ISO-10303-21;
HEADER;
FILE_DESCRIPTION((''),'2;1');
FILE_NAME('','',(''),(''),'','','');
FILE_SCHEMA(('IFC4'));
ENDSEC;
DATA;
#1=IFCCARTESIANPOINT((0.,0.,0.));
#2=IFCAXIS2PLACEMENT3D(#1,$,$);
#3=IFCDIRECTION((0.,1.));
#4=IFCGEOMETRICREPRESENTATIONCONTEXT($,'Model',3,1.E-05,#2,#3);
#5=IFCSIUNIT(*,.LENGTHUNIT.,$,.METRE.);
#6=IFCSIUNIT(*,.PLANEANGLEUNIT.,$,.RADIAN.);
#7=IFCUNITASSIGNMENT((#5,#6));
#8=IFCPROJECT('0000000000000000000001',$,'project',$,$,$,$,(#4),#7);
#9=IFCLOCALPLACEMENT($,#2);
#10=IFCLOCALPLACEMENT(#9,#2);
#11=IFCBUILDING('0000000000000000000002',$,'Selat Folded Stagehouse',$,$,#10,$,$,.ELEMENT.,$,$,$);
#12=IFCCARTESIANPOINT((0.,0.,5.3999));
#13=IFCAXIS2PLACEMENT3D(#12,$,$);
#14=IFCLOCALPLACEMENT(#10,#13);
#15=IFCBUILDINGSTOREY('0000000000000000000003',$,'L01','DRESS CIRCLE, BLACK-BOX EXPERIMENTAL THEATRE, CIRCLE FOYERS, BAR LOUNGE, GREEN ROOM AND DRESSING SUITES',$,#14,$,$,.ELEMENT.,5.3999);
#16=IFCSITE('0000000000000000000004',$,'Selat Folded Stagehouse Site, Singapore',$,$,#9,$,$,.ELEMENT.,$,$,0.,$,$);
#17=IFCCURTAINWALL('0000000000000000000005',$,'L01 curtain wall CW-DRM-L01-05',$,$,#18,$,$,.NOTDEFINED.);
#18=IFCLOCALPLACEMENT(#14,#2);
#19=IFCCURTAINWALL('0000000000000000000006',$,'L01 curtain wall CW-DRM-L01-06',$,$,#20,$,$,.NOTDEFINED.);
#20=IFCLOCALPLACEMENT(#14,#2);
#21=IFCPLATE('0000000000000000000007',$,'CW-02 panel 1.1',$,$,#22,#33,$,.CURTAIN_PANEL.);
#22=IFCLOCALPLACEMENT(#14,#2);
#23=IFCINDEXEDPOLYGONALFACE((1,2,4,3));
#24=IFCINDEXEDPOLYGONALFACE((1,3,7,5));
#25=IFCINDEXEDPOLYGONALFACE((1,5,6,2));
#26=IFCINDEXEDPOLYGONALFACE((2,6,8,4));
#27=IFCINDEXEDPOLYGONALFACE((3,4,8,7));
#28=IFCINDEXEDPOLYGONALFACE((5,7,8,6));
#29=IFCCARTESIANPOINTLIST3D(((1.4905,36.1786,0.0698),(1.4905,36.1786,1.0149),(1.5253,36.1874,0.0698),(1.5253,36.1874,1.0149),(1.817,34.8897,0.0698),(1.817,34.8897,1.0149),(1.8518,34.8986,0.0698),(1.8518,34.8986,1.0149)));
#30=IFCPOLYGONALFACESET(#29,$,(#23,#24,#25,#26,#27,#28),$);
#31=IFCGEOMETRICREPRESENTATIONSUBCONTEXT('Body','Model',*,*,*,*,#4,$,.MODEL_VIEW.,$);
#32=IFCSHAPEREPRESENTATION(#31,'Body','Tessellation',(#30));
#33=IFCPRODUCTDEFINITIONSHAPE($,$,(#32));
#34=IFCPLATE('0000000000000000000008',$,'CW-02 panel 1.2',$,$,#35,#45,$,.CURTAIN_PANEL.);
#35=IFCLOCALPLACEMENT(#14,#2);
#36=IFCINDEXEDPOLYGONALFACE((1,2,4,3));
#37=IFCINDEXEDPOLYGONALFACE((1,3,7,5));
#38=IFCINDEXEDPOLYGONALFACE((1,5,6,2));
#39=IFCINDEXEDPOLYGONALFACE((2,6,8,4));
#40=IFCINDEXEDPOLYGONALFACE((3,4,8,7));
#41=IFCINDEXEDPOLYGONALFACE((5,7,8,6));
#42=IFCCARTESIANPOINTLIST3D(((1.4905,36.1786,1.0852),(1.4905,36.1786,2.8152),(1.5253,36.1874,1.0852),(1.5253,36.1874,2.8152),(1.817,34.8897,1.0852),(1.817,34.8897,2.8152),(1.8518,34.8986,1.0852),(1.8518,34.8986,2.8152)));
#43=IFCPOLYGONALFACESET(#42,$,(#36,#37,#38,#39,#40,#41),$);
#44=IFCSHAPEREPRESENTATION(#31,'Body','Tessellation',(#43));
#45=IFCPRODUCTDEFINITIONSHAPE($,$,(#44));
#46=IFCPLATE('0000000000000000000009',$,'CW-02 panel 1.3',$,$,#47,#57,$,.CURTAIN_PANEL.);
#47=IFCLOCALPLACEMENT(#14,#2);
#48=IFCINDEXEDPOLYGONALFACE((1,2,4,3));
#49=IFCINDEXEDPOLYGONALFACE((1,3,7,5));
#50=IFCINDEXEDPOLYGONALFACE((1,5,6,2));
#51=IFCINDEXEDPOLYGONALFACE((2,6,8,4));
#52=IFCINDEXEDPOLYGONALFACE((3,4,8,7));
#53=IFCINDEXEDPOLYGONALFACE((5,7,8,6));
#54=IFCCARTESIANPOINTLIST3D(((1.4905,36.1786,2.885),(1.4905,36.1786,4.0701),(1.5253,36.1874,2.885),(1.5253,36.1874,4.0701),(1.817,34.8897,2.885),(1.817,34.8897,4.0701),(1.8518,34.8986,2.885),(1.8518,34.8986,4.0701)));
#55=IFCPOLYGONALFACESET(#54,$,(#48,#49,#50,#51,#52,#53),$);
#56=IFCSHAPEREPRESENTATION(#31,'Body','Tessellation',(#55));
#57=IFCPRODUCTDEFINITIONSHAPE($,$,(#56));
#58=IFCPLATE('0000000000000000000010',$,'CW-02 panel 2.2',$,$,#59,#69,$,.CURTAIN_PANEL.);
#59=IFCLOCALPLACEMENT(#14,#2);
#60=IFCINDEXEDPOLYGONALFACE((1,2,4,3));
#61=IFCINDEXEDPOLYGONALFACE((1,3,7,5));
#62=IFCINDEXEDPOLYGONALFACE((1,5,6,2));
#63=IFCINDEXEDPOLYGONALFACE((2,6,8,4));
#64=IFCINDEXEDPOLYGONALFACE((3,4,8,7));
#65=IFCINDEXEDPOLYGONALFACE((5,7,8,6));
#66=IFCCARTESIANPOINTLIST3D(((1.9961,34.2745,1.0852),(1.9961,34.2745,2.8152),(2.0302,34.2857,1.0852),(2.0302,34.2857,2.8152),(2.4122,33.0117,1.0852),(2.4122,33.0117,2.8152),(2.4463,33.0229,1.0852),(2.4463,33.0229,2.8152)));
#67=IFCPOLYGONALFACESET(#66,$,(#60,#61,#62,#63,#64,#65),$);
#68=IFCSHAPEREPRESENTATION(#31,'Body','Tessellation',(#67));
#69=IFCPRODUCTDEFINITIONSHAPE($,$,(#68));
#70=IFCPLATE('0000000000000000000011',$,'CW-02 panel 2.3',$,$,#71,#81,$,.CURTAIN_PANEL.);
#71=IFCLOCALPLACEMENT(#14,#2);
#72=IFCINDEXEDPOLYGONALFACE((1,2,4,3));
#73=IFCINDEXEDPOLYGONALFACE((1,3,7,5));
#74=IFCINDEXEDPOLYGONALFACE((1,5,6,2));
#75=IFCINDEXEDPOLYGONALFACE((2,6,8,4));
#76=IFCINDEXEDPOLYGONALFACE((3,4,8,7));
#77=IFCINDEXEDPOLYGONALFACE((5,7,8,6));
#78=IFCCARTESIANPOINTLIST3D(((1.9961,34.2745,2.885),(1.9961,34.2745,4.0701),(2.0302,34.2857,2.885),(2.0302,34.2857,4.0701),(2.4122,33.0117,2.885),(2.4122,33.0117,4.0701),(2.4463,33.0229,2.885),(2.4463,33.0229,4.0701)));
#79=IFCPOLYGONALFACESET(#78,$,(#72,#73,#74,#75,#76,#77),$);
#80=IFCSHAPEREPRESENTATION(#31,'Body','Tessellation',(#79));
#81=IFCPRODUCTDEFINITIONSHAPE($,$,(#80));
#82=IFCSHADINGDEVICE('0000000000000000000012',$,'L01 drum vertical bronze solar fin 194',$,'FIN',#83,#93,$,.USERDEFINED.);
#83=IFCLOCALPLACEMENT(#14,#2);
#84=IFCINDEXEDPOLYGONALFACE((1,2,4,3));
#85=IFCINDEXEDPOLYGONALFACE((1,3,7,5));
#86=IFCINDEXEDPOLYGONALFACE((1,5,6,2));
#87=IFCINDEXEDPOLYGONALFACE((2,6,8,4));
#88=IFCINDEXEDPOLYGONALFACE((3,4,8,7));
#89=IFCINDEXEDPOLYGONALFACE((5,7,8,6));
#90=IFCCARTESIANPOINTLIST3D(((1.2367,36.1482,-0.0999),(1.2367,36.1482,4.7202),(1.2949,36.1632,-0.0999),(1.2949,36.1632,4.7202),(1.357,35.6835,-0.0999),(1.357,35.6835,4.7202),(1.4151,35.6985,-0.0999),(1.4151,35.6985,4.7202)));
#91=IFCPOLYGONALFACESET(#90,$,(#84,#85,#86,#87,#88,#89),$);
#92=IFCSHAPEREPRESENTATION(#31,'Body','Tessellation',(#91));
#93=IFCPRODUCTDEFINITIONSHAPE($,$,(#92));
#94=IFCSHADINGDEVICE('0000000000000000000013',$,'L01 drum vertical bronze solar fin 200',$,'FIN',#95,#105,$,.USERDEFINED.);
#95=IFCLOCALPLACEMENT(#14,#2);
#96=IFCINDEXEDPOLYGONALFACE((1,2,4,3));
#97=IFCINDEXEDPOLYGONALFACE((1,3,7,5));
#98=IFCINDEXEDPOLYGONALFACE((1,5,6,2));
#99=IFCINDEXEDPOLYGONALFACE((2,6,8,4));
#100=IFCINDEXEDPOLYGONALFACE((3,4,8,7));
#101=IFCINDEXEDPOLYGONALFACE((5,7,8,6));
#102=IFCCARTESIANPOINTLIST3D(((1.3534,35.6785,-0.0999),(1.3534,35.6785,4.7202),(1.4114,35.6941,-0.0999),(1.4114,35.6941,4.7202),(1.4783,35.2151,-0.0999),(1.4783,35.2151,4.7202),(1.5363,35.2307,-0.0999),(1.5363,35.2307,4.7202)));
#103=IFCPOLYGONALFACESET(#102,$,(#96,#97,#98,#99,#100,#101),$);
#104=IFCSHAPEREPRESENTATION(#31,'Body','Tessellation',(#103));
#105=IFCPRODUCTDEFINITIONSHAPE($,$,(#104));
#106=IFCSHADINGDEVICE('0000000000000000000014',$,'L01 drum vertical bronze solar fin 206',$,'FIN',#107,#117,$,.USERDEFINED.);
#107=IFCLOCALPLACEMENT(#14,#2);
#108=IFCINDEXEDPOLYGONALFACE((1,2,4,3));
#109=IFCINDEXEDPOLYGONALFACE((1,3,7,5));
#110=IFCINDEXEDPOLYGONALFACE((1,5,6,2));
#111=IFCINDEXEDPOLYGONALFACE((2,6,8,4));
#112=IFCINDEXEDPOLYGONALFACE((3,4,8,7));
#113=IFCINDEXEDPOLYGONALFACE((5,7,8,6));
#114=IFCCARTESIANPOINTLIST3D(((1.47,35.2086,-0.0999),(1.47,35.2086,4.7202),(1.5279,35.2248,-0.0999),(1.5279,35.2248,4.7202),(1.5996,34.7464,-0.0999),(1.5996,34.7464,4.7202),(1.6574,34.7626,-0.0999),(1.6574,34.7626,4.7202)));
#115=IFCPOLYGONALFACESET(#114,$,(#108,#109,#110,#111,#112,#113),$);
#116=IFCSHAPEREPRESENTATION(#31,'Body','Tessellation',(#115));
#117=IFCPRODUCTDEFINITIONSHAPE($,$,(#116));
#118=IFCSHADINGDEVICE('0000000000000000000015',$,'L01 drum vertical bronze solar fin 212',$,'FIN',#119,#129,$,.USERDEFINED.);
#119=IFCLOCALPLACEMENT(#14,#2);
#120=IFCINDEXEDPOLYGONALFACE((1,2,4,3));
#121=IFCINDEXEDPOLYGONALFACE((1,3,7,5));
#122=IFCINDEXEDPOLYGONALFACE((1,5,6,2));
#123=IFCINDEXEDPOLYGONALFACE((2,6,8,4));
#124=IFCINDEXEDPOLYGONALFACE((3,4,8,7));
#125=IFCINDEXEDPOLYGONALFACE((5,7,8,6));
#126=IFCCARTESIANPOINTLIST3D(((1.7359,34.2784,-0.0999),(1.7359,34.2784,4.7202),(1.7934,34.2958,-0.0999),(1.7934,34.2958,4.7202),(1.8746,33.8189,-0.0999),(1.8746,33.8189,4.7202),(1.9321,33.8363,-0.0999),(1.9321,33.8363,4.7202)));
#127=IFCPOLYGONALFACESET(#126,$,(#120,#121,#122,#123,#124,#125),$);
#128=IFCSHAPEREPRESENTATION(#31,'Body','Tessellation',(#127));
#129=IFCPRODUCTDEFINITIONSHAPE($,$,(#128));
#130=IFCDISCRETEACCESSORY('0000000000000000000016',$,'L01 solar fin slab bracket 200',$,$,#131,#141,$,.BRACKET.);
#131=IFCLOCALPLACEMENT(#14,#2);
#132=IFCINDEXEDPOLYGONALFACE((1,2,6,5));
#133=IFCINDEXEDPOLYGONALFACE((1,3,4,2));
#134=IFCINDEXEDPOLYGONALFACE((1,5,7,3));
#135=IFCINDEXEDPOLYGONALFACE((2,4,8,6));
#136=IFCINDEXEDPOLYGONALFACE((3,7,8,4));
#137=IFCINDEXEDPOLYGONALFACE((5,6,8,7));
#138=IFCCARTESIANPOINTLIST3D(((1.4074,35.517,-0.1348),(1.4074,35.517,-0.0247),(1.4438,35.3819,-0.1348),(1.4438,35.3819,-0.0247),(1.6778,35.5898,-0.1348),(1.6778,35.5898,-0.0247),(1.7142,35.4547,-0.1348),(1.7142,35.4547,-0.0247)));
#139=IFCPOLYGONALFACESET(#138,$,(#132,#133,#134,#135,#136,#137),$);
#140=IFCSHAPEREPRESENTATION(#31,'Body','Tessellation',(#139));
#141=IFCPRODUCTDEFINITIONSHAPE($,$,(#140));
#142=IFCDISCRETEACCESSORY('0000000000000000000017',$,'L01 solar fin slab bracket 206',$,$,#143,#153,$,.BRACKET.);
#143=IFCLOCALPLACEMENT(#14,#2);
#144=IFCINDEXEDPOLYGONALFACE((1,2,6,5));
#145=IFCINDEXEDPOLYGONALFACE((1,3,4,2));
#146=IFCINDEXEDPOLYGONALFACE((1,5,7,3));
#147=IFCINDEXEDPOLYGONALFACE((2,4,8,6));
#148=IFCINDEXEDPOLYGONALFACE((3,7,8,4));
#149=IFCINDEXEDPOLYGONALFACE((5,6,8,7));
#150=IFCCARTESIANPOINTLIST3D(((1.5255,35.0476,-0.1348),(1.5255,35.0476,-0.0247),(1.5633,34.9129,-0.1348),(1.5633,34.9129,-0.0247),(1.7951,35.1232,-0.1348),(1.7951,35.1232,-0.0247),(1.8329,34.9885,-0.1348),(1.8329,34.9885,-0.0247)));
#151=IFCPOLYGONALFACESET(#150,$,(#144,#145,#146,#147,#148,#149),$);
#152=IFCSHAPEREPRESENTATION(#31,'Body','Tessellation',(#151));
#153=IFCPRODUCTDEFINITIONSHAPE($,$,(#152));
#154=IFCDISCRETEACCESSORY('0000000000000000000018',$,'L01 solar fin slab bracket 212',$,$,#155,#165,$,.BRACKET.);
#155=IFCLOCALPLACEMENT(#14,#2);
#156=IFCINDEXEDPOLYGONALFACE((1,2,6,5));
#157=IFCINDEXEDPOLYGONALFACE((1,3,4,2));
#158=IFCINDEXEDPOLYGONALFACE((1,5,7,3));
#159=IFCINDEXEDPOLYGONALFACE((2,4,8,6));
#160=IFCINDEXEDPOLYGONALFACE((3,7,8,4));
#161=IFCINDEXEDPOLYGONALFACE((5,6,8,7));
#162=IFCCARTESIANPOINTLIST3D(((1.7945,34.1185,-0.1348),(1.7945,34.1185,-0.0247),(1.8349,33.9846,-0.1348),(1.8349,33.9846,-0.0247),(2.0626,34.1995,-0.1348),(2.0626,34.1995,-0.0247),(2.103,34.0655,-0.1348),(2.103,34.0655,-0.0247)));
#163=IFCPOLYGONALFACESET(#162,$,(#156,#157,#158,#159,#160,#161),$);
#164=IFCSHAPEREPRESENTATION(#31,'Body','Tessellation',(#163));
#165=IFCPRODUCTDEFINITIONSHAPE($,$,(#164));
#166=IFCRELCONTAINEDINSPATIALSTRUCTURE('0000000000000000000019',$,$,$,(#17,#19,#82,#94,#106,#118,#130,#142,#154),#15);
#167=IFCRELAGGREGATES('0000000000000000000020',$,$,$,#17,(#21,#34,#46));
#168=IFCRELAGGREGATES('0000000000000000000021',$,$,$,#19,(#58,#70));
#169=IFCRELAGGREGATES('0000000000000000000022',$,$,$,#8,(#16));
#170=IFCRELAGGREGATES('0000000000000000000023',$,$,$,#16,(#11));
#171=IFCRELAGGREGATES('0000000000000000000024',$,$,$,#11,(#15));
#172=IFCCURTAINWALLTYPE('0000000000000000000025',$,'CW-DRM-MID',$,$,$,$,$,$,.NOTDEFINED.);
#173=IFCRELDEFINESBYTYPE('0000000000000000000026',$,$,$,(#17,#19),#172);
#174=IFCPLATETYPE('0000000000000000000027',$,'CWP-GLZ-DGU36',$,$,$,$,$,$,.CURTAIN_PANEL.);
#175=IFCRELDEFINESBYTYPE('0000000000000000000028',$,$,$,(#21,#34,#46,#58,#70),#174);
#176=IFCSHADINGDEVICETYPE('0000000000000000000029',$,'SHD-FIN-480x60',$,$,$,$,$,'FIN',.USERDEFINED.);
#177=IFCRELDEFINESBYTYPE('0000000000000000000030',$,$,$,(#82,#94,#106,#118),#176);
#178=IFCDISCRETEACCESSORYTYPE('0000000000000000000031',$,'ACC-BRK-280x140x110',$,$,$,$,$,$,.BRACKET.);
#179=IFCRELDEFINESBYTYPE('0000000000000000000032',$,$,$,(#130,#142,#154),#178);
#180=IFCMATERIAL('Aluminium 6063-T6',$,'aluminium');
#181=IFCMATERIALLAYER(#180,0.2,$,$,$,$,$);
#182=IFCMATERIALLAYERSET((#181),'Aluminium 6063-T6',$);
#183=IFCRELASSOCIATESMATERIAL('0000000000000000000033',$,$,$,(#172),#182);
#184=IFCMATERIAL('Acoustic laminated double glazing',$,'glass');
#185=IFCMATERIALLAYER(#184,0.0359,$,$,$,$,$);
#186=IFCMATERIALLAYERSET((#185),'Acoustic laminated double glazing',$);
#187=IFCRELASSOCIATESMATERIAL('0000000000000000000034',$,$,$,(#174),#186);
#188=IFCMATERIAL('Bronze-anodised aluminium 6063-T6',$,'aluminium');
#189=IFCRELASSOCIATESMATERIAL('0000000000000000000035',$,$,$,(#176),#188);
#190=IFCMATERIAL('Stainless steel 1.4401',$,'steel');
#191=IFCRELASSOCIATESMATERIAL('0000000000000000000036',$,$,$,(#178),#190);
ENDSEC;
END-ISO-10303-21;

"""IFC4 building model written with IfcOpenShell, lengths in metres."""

from ifc_helpers import new_model, si_unit, direction, frame, origin, origin_2d, place, context, subcontext, project, spatial, rectangle, extrude, material, layer, layer_set, material_profile, profile_set, type_object, element, aggregate, save


model = new_model("IFC4")

# Units and contexts
model_context = context("Model", 3, precision=1e-05, world=origin(), true_north=direction((0.0, 1.0)))
body_context = subcontext(model_context, "Body", "Model", "MODEL_VIEW")
ifc_project = project(units=[si_unit("LENGTHUNIT", "METRE"), si_unit("PLANEANGLEUNIT", "RADIAN")], contexts=[model_context])

# Site, building, storey
site_placement = place(None, origin())
site = spatial("IfcSite", under=ifc_project, at=site_placement, Name="Selat Folded Stagehouse Site, Singapore", CompositionType="ELEMENT", RefElevation=0.0)
building_placement = place(site_placement, origin())
building = spatial("IfcBuilding", under=site, at=building_placement, Name="Selat Folded Stagehouse", CompositionType="ELEMENT")
storey_placement = place(building_placement, frame((0.0, 0.0, 5.3999)))
storey = spatial("IfcBuildingStorey", under=building, at=storey_placement, Name="L01", Description="DRESS CIRCLE, BLACK-BOX EXPERIMENTAL THEATRE, CIRCLE FOYERS, BAR LOUNGE, GREEN ROOM AND DRESSING SUITES", CompositionType="ELEMENT", Elevation=5.3999)

# Curtain walls
ifc_material_1 = material(Name="Aluminium 6063-T6", Category="aluminium")
ifc_layer_1 = layer(ifc_material_1, 0.2)
ifc_layer_set_1 = layer_set([ifc_layer_1], Name="Aluminium 6063-T6")
curtain_wall_type = type_object("IfcCurtainWallType", Name="CW-DRM-MID", PredefinedType="NOTDEFINED", material=ifc_layer_set_1)
curtain_wall_1_placement = place(storey_placement, origin())
curtain_wall_1 = element("IfcCurtainWall", 1, at=curtain_wall_1_placement, inside=storey, type_object=curtain_wall_type, Name="L01 curtain wall CW-DRM-L01-05", PredefinedType="NOTDEFINED")
curtain_wall_2_placement = place(storey_placement, origin())
curtain_wall_2 = element("IfcCurtainWall", 2, at=curtain_wall_2_placement, inside=storey, type_object=curtain_wall_type, Name="L01 curtain wall CW-DRM-L01-06", PredefinedType="NOTDEFINED")

# Plates
ifc_material_2 = material(Name="Acoustic laminated double glazing", Category="glass")
ifc_layer_2 = layer(ifc_material_2, 0.0359)
ifc_layer_set_2 = layer_set([ifc_layer_2], Name="Acoustic laminated double glazing")
plate_type = type_object("IfcPlateType", Name="CWP-GLZ-DGU36", PredefinedType="CURTAIN_PANEL", material=ifc_layer_set_2)
plate_1_placement = place(storey_placement, frame((1.6711, 35.5386, 0.0698), z_axis=(0.0, 0.0, 1.0), x_axis=(-0.245618, 0.969367, 0.0)))
plate_1 = element("IfcPlate", 3, at=plate_1_placement, type_object=plate_type, Name="CW-02 panel 1.1", PredefinedType="CURTAIN_PANEL", context=body_context, shape_type="SweptSolid", body=[
    extrude(rectangle(XDim=1.3296, YDim=0.0359, at=origin_2d()), origin(), (0.0, 0.0, 1.0), 0.9451),
])
plate_2_placement = place(storey_placement, frame((1.6711, 35.5386, 1.0852), z_axis=(0.0, 0.0, 1.0), x_axis=(-0.245618, 0.969367, 0.0)))
plate_2 = element("IfcPlate", 4, at=plate_2_placement, type_object=plate_type, Name="CW-02 panel 1.2", PredefinedType="CURTAIN_PANEL", context=body_context, shape_type="SweptSolid", body=[
    extrude(rectangle(XDim=1.3296, YDim=0.0359, at=origin_2d()), origin(), (0.0, 0.0, 1.0), 1.73),
])
plate_3_placement = place(storey_placement, frame((1.6711, 35.5386, 2.885), z_axis=(0.0, 0.0, 1.0), x_axis=(-0.245618, 0.969367, 0.0)))
plate_3 = element("IfcPlate", 5, at=plate_3_placement, type_object=plate_type, Name="CW-02 panel 1.3", PredefinedType="CURTAIN_PANEL", context=body_context, shape_type="SweptSolid", body=[
    extrude(rectangle(XDim=1.3296, YDim=0.0359, at=origin_2d()), origin(), (0.0, 0.0, 1.0), 1.1851),
])
aggregate(curtain_wall_1, [plate_1, plate_2, plate_3])
plate_4_placement = place(storey_placement, frame((2.2212, 33.6487, 1.0852), z_axis=(0.0, 0.0, 1.0), x_axis=(-0.312995, 0.949755, 0.0)))
plate_4 = element("IfcPlate", 6, at=plate_4_placement, type_object=plate_type, Name="CW-02 panel 2.2", PredefinedType="CURTAIN_PANEL", context=body_context, shape_type="SweptSolid", body=[
    extrude(rectangle(XDim=1.3296, YDim=0.0359, at=origin_2d()), origin(), (0.0, 0.0, 1.0), 1.73),
])
plate_5_placement = place(storey_placement, frame((2.2212, 33.6487, 2.885), z_axis=(0.0, 0.0, 1.0), x_axis=(-0.312995, 0.949755, 0.0)))
plate_5 = element("IfcPlate", 7, at=plate_5_placement, type_object=plate_type, Name="CW-02 panel 2.3", PredefinedType="CURTAIN_PANEL", context=body_context, shape_type="SweptSolid", body=[
    extrude(rectangle(XDim=1.3296, YDim=0.0359, at=origin_2d()), origin(), (0.0, 0.0, 1.0), 1.1851),
])
aggregate(curtain_wall_2, [plate_4, plate_5])

# Shading devices
ifc_material_3 = material(Name="Bronze-anodised aluminium 6063-T6", Category="aluminium")
ifc_material_profile_1 = material_profile(ifc_material_3, rectangle(XDim=0.0601, YDim=0.48, at=origin_2d()), Name="SOLAR-FIN 480x60")
ifc_profile_set_1 = profile_set([ifc_material_profile_1], Name="Bronze-anodised aluminium 6063-T6")
shading_device_type = type_object("IfcShadingDeviceType", Name="SHD-FIN-480x60", ElementType="FIN", PredefinedType="USERDEFINED", material=ifc_profile_set_1)
for number, where, z_axis, x_axis, name in (
    (8, (1.3259, 35.9233, -0.0999), (0.0, 0.0, 1.0), (-0.968104, -0.250549, 0.0), "L01 drum vertical bronze solar fin 194"),
    (9, (1.4448, 35.4546, -0.0999), (0.0, 0.0, 1.0), (-0.965564, -0.260167, 0.0), "L01 drum vertical bronze solar fin 200"),
    (10, (1.5637, 34.9856, -0.0999), (0.0, 0.0, 1.0), (-0.96288, -0.269928, 0.0), "L01 drum vertical bronze solar fin 206"),
    (11, (1.834, 34.0574, -0.0999), (0.0, 0.0, 1.0), (-0.957319, -0.289032, 0.0), "L01 drum vertical bronze solar fin 212"),
):
    element("IfcShadingDevice", number, at=place(storey_placement, frame(where, z_axis=z_axis, x_axis=x_axis)), inside=storey, type_object=shading_device_type, Name=name, ObjectType="FIN", PredefinedType="USERDEFINED", context=body_context, shape_type="SweptSolid", body=[
        extrude(rectangle(XDim=0.0601, YDim=0.48, at=origin_2d()), origin(), (0.0, 0.0, 1.0), 4.8201),
    ])

# Discrete accessories
ifc_material_4 = material(Name="Stainless steel 1.4401", Category="steel")
discrete_accessory_type = type_object("IfcDiscreteAccessoryType", Name="ACC-BRK-280x140x110", PredefinedType="BRACKET", material=ifc_material_4)
for number, where, z_axis, x_axis, name in (
    (12, (1.5608, 35.4858, -0.1348), (0.0, 0.0, 1.0), (-0.965564, -0.260167, 0.0), "L01 solar fin slab bracket 200"),
    (13, (1.6792, 35.0181, -0.1348), (0.0, 0.0, 1.0), (-0.96288, -0.269928, 0.0), "L01 solar fin slab bracket 206"),
    (14, (1.9487, 34.092, -0.1348), (0.0, 0.0, 1.0), (-0.957319, -0.289032, 0.0), "L01 solar fin slab bracket 212"),
):
    element("IfcDiscreteAccessory", number, at=place(storey_placement, frame(where, z_axis=z_axis, x_axis=x_axis)), inside=storey, type_object=discrete_accessory_type, Name=name, PredefinedType="BRACKET", context=body_context, shape_type="SweptSolid", body=[
        extrude(rectangle(XDim=0.28, YDim=0.1399, at=origin_2d()), origin(), (0.0, 0.0, 1.0), 0.1101),
    ])

save(model, "model.ifc")
